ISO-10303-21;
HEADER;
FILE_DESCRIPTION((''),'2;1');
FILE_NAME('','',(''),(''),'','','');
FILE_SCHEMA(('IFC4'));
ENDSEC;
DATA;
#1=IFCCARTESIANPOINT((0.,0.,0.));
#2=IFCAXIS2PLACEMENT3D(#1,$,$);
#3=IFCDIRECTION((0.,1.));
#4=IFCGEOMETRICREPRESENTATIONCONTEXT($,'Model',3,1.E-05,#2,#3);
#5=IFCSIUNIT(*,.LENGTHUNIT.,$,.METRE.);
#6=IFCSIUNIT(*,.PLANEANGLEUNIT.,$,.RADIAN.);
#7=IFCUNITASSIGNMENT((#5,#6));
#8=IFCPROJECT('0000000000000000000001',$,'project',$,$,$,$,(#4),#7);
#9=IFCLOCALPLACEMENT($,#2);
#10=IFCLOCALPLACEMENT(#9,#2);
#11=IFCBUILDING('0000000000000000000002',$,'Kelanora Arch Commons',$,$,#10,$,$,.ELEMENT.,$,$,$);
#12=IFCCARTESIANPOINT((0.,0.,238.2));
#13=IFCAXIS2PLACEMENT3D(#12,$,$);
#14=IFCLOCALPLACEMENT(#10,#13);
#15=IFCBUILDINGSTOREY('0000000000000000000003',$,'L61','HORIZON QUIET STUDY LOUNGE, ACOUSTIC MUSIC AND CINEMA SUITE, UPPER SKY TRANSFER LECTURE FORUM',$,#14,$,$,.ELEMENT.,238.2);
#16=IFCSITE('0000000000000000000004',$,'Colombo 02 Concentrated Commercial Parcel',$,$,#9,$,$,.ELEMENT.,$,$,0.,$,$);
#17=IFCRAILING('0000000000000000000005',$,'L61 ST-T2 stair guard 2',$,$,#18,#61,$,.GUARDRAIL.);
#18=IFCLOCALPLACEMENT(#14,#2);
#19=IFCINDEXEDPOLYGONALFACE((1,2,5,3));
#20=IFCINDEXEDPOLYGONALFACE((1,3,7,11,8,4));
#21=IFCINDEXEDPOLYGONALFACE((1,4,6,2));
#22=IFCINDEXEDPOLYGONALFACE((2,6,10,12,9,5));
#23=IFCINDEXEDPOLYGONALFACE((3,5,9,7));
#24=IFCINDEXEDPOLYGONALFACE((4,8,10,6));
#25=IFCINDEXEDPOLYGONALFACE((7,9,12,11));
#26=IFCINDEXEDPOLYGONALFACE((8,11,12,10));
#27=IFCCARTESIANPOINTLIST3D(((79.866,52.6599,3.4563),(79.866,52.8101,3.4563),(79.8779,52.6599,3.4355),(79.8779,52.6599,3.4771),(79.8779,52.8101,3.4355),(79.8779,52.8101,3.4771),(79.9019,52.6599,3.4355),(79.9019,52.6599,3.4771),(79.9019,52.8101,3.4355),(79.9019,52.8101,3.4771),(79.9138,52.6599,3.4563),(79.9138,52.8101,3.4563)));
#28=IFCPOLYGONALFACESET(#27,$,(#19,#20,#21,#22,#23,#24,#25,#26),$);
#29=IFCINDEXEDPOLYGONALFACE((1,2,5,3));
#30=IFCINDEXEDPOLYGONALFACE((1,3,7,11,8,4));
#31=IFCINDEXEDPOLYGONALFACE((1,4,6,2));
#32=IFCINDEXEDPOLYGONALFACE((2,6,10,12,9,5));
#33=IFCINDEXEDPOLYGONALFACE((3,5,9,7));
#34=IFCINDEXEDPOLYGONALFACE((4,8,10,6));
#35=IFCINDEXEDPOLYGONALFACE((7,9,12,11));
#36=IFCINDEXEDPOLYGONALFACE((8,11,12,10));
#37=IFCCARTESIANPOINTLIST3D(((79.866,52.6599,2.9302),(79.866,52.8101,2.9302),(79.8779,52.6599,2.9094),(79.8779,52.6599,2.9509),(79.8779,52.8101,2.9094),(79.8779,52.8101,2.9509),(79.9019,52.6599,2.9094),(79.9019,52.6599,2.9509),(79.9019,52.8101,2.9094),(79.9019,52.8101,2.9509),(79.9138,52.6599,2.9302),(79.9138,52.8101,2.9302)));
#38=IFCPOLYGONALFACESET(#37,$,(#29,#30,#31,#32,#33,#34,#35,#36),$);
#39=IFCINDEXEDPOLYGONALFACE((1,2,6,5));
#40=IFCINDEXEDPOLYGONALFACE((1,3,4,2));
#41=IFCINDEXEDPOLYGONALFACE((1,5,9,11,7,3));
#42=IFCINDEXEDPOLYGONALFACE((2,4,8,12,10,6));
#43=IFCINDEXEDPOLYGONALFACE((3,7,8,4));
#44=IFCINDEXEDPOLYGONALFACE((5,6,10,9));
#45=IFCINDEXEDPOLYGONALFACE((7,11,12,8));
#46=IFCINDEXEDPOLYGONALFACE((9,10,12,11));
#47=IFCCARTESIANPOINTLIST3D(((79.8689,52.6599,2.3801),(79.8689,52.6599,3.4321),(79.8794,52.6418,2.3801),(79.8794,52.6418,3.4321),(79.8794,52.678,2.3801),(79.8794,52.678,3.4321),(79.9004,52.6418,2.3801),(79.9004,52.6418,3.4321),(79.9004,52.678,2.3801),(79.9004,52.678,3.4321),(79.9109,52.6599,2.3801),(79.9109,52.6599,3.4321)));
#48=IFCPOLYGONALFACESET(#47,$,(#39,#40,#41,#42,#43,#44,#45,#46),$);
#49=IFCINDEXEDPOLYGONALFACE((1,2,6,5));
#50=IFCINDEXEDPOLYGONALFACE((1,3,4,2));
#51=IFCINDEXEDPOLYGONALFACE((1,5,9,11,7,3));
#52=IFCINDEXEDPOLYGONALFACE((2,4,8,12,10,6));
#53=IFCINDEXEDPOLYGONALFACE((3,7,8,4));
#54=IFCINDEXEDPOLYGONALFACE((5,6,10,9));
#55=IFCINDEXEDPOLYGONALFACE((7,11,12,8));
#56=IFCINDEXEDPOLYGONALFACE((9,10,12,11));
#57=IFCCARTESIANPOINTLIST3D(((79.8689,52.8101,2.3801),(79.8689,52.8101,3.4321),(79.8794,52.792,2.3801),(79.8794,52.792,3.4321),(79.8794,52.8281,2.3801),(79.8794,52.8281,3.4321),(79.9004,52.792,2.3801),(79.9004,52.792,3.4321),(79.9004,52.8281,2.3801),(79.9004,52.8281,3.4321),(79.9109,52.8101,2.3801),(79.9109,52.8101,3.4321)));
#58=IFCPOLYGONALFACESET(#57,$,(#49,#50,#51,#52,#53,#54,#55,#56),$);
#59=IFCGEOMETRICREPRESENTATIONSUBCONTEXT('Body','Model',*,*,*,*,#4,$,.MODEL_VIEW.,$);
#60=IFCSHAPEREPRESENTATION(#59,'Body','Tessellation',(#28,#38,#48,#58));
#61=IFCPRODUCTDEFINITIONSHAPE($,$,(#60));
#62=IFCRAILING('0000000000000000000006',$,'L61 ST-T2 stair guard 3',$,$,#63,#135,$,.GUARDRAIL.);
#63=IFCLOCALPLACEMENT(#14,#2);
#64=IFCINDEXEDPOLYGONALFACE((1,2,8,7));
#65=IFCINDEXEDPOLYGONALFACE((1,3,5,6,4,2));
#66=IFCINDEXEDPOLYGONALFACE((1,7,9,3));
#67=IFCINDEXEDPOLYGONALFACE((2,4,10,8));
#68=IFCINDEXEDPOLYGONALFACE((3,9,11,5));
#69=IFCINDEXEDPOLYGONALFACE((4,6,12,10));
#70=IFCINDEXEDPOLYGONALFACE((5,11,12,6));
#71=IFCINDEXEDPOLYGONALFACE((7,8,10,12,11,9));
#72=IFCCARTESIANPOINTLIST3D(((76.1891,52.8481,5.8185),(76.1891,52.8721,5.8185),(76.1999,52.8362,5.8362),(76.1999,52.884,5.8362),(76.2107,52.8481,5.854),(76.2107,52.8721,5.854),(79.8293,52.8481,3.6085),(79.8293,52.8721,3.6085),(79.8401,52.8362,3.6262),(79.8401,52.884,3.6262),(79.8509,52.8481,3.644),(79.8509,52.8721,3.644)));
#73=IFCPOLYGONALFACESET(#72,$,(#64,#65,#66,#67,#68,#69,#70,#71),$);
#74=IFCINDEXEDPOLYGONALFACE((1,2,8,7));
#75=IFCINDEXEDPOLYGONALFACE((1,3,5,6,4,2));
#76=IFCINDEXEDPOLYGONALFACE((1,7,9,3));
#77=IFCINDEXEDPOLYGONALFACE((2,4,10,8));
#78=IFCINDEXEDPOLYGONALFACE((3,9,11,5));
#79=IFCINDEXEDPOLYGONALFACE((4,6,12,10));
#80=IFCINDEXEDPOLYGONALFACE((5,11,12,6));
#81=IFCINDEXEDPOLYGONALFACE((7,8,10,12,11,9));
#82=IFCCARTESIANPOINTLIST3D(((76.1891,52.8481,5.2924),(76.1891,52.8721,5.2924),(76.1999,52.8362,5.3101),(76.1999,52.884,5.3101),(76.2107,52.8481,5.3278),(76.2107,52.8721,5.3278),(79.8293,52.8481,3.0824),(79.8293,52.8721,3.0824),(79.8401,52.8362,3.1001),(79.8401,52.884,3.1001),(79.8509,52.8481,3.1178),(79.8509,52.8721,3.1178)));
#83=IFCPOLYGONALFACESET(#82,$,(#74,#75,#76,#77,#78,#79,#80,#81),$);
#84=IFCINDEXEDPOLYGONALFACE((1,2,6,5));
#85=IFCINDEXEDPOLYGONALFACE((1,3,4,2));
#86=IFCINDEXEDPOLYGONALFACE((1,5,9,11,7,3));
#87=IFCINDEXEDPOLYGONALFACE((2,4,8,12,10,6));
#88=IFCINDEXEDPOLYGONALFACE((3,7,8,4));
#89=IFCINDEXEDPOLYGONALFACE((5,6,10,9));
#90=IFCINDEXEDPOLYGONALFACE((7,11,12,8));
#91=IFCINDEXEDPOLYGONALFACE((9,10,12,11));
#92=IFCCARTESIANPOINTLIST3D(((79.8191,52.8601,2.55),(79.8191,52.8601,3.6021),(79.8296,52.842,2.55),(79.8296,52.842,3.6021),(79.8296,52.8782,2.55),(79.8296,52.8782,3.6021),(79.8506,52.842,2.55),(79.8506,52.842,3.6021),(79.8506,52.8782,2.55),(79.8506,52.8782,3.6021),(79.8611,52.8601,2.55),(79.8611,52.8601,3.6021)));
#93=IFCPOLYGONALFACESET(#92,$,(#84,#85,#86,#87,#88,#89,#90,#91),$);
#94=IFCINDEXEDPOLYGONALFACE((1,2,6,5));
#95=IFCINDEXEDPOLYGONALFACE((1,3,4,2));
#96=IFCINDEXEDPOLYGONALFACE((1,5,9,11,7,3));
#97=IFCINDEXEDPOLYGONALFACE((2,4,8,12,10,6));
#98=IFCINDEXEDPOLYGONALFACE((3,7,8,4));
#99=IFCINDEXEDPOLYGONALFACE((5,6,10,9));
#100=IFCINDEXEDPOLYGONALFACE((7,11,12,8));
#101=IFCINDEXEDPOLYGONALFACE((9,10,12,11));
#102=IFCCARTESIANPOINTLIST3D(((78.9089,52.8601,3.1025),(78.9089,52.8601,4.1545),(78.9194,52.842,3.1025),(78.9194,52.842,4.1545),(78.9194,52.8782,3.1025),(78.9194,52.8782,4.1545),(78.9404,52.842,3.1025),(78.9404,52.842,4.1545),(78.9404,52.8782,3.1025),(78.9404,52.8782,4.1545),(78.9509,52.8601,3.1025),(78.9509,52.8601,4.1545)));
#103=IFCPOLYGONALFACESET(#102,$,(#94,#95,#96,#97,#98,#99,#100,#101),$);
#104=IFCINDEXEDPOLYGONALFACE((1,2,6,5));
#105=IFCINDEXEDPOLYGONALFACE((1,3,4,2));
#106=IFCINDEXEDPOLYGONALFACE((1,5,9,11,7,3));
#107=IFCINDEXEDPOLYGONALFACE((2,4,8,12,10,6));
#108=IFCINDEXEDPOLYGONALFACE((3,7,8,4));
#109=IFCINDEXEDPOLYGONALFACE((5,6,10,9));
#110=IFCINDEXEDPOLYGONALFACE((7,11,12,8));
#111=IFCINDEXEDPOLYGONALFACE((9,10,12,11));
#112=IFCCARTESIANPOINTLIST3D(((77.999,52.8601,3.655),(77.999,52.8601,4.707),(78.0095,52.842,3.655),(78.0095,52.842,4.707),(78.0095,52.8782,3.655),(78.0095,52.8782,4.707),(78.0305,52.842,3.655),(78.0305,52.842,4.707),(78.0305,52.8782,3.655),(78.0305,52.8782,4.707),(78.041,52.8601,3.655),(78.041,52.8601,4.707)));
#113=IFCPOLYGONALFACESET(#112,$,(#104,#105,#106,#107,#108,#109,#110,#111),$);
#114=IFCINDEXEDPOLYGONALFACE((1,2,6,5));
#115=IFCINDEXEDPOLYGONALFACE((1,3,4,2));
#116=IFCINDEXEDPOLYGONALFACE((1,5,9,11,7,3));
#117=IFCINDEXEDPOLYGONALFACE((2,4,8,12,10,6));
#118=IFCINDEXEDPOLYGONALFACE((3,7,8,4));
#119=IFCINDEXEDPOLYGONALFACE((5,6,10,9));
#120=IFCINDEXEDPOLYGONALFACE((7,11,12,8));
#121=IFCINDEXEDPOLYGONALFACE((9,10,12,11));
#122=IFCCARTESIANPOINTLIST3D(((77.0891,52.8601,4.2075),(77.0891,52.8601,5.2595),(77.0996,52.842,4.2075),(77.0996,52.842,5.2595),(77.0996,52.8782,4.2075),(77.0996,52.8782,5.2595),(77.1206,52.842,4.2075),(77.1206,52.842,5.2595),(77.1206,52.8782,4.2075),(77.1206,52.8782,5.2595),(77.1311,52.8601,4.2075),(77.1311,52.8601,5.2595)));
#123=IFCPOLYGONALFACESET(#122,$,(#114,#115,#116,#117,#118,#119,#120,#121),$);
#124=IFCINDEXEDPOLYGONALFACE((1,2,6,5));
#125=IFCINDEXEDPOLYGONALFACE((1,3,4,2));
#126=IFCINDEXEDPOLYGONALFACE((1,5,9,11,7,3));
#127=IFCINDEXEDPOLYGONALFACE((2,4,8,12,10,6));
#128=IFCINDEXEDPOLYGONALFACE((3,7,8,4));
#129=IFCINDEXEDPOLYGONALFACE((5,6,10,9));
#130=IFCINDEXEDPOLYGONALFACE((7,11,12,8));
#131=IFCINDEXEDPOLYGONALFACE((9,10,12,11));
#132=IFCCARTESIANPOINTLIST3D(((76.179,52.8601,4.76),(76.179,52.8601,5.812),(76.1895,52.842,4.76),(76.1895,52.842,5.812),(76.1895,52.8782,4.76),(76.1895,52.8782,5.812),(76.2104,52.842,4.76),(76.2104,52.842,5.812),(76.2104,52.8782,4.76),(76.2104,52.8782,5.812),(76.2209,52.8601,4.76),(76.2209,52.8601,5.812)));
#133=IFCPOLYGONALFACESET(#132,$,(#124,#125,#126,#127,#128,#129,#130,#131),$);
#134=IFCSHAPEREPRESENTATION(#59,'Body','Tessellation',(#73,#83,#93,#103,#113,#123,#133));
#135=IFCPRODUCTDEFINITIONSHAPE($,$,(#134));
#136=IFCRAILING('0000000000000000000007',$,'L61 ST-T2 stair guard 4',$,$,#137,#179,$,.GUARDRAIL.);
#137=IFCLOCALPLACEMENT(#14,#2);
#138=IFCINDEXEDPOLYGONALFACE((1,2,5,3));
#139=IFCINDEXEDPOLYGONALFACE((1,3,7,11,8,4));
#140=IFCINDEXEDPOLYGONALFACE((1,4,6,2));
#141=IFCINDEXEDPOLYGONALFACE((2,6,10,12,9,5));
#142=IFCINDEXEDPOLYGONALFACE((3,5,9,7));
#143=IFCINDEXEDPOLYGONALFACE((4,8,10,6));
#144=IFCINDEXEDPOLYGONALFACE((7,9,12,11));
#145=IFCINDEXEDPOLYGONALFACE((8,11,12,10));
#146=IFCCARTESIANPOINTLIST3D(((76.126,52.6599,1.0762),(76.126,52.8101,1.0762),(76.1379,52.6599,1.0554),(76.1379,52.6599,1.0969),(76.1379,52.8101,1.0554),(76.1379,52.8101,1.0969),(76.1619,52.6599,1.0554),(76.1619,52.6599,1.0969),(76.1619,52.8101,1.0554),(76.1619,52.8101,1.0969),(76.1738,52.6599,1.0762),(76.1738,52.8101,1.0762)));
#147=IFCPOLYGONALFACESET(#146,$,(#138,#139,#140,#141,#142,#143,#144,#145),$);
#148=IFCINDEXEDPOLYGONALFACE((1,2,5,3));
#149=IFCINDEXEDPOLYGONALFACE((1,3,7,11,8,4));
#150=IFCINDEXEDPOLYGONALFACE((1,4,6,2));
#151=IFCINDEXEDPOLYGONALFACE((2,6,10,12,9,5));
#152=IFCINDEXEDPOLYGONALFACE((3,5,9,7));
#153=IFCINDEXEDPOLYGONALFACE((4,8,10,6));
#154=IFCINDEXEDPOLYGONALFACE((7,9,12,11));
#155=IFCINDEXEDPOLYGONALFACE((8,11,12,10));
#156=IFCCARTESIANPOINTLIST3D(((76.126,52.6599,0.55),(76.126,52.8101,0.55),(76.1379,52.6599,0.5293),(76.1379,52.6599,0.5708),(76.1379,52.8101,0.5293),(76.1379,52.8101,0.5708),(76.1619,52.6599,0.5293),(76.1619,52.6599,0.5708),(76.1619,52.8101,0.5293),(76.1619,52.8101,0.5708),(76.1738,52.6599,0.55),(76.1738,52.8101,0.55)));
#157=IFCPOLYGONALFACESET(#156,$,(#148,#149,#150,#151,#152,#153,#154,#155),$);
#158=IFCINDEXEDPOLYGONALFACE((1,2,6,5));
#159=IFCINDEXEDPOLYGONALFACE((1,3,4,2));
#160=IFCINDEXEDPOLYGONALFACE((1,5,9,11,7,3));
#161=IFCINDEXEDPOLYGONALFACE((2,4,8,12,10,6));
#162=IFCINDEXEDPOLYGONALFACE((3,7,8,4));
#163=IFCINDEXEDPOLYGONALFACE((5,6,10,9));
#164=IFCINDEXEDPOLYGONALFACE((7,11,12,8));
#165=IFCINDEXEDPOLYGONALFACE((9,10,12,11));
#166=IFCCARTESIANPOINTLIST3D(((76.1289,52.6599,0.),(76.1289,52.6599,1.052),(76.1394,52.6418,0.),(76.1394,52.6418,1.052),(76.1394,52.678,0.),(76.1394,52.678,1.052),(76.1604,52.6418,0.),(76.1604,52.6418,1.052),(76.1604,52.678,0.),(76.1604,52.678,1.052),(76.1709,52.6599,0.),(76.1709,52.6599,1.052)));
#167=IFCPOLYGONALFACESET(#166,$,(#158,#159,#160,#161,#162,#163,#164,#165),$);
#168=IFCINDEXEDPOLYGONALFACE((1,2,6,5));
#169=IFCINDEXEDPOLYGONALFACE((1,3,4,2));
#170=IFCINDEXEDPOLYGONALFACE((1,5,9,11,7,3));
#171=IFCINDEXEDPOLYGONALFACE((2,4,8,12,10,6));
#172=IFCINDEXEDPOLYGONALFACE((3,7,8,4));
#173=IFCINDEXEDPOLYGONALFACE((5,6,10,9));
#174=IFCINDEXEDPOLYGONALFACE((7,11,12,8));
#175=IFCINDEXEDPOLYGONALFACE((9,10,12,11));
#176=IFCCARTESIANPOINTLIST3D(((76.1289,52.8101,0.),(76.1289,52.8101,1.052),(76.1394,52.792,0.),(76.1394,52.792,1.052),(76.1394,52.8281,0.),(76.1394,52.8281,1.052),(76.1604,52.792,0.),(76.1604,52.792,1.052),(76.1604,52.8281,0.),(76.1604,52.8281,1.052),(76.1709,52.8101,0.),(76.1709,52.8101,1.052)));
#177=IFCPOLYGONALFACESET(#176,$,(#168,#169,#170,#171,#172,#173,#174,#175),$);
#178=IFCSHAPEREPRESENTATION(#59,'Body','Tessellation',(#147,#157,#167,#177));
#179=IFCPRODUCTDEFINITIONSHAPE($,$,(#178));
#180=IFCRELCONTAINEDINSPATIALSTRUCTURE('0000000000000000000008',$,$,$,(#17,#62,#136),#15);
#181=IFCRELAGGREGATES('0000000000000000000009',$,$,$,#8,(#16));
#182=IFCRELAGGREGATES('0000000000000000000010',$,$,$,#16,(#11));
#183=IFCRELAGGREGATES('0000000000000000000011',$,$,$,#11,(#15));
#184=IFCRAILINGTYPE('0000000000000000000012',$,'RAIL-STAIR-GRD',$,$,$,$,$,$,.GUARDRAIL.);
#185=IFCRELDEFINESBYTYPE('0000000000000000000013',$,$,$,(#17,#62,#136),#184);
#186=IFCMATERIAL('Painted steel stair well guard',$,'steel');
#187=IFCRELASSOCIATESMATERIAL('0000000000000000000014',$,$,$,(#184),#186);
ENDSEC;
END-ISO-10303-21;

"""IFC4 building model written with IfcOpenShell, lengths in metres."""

from ifc_helpers import new_model, si_unit, direction, frame, origin, place, context, subcontext, project, spatial, polyline, outline, extrude, material, type_object, element, save


model = new_model("IFC4")

# Units and contexts
model_context = context("Model", 3, precision=1e-05, world=origin(), true_north=direction((0.0, 1.0)))
body_context = subcontext(model_context, "Body", "Model", "MODEL_VIEW")
ifc_project = project(units=[si_unit("LENGTHUNIT", "METRE"), si_unit("PLANEANGLEUNIT", "RADIAN")], contexts=[model_context])

# Site, building, storey
site_placement = place(None, origin())
site = spatial("IfcSite", under=ifc_project, at=site_placement, Name="Colombo 02 Concentrated Commercial Parcel", CompositionType="ELEMENT", RefElevation=0.0)
building_placement = place(site_placement, origin())
building = spatial("IfcBuilding", under=site, at=building_placement, Name="Kelanora Arch Commons", CompositionType="ELEMENT")
storey_placement = place(building_placement, frame((0.0, 0.0, 238.2)))
storey = spatial("IfcBuildingStorey", under=building, at=storey_placement, Name="L61", Description="HORIZON QUIET STUDY LOUNGE, ACOUSTIC MUSIC AND CINEMA SUITE, UPPER SKY TRANSFER LECTURE FORUM", CompositionType="ELEMENT", Elevation=238.2)

# Railings
ifc_material_1 = material(Name="Painted steel stair well guard", Category="steel")
railing_type_1 = type_object("IfcRailingType", Name="RAIL-STAIR-GRD", PredefinedType="GUARDRAIL", material=ifc_material_1)
railing_1_placement = place(storey_placement, frame((79.8899, 52.6599, 2.3801)))
element("IfcRailing", 1, at=railing_1_placement, inside=storey, type_object=railing_type_1, Name="L61 ST-T2 stair guard 2", PredefinedType="GUARDRAIL", context=body_context, shape_type="SweptSolid", body=[
    extrude(outline(polyline([(0.0239, 0.0), (0.012, 0.0208), (-0.012, 0.0208), (-0.0239, 0.0), (-0.012, -0.0208), (0.012, -0.0208), (0.0239, 0.0)])), frame((0.0, 0.0, 1.0762), z_axis=(0.0, 1.0, 0.0), x_axis=(-1.0, 0.0, 0.0)), (0.0, 0.0, 1.0), 0.1501),
    extrude(outline(polyline([(0.0239, 0.0), (0.012, 0.0208), (-0.012, 0.0208), (-0.0239, 0.0), (-0.012, -0.0208), (0.012, -0.0208), (0.0239, 0.0)])), frame((0.0, 0.0, 0.55), z_axis=(0.0, 1.0, 0.0), x_axis=(-1.0, 0.0, 0.0)), (0.0, 0.0, 1.0), 0.1501),
    extrude(outline(polyline([(0.021, 0.0), (0.0105, 0.0181), (-0.0105, 0.0181), (-0.021, 0.0), (-0.0105, -0.0181), (0.0105, -0.0181), (0.021, 0.0)])), origin(), (0.0, 0.0, 1.0), 1.052),
    extrude(outline(polyline([(0.021, 0.0), (0.0105, 0.0181), (-0.0105, 0.0181), (-0.021, 0.0), (-0.0105, -0.0181), (0.0105, -0.0181), (0.021, 0.0)])), frame((0.0, 0.1501, 0.0)), (0.0, 0.0, 1.0), 1.052),
])
railing_2_placement = place(storey_placement, frame((79.8401, 52.8601, 2.55)))
element("IfcRailing", 2, at=railing_2_placement, inside=storey, type_object=railing_type_1, Name="L61 ST-T2 stair guard 3", PredefinedType="GUARDRAIL", context=body_context, shape_type="SweptSolid", body=[
    extrude(outline(polyline([(0.0239, 0.0), (0.012, 0.0208), (-0.012, 0.0208), (-0.0239, 0.0), (-0.012, -0.0208), (0.012, -0.0208), (0.0239, 0.0)])), frame((0.0, 0.0, 1.0762), z_axis=(-0.8548, 0.0, 0.518957), x_axis=(0.0, -1.0, 0.0)), (0.0, 0.0, 1.0), 4.2585),
    extrude(outline(polyline([(0.0239, 0.0), (0.012, 0.0208), (-0.012, 0.0208), (-0.0239, 0.0), (-0.012, -0.0208), (0.012, -0.0208), (0.0239, 0.0)])), frame((0.0, 0.0, 0.55), z_axis=(-0.8548, 0.0, 0.518957), x_axis=(0.0, -1.0, 0.0)), (0.0, 0.0, 1.0), 4.2585),
    extrude(outline(polyline([(0.021, 0.0), (0.0105, 0.0181), (-0.0105, 0.0181), (-0.021, 0.0), (-0.0105, -0.0181), (0.0105, -0.0181), (0.021, 0.0)])), origin(), (0.0, 0.0, 1.0), 1.052),
    extrude(outline(polyline([(0.021, 0.0), (0.0105, 0.0181), (-0.0105, 0.0181), (-0.021, 0.0), (-0.0105, -0.0181), (0.0105, -0.0181), (0.021, 0.0)])), frame((-0.9102, 0.0, 0.5525)), (0.0, 0.0, 1.0), 1.052),
    extrude(outline(polyline([(0.021, 0.0), (0.0105, 0.0181), (-0.0105, 0.0181), (-0.021, 0.0), (-0.0105, -0.0181), (0.0105, -0.0181), (0.021, 0.0)])), frame((-1.8201, 0.0, 1.105)), (0.0, 0.0, 1.0), 1.052),
    extrude(outline(polyline([(0.021, 0.0), (0.0105, 0.0181), (-0.0105, 0.0181), (-0.021, 0.0), (-0.0105, -0.0181), (0.0105, -0.0181), (0.021, 0.0)])), frame((-2.73, 0.0, 1.6575)), (0.0, 0.0, 1.0), 1.052),
    extrude(outline(polyline([(0.021, 0.0), (0.0105, 0.0181), (-0.0105, 0.0181), (-0.021, 0.0), (-0.0105, -0.0181), (0.0105, -0.0181), (0.021, 0.0)])), frame((-3.6401, 0.0, 2.21)), (0.0, 0.0, 1.0), 1.052),
])
railing_3_placement = place(storey_placement, frame((76.1499, 52.6599, 0.0)))
element("IfcRailing", 3, at=railing_3_placement, inside=storey, type_object=railing_type_1, Name="L61 ST-T2 stair guard 4", PredefinedType="GUARDRAIL", context=body_context, shape_type="SweptSolid", body=[
    extrude(outline(polyline([(0.0239, 0.0), (0.012, 0.0208), (-0.012, 0.0208), (-0.0239, 0.0), (-0.012, -0.0208), (0.012, -0.0208), (0.0239, 0.0)])), frame((0.0, 0.0, 1.0762), z_axis=(0.0, 1.0, 0.0), x_axis=(-1.0, 0.0, 0.0)), (0.0, 0.0, 1.0), 0.1501),
    extrude(outline(polyline([(0.0239, 0.0), (0.012, 0.0208), (-0.012, 0.0208), (-0.0239, 0.0), (-0.012, -0.0208), (0.012, -0.0208), (0.0239, 0.0)])), frame((0.0, 0.0, 0.55), z_axis=(0.0, 1.0, 0.0), x_axis=(-1.0, 0.0, 0.0)), (0.0, 0.0, 1.0), 0.1501),
    extrude(outline(polyline([(0.021, 0.0), (0.0105, 0.0181), (-0.0105, 0.0181), (-0.021, 0.0), (-0.0105, -0.0181), (0.0105, -0.0181), (0.021, 0.0)])), origin(), (0.0, 0.0, 1.0), 1.052),
    extrude(outline(polyline([(0.021, 0.0), (0.0105, 0.0181), (-0.0105, 0.0181), (-0.021, 0.0), (-0.0105, -0.0181), (0.0105, -0.0181), (0.021, 0.0)])), frame((0.0, 0.1501, 0.0)), (0.0, 0.0, 1.0), 1.052),
])

save(model, "model.ifc")
